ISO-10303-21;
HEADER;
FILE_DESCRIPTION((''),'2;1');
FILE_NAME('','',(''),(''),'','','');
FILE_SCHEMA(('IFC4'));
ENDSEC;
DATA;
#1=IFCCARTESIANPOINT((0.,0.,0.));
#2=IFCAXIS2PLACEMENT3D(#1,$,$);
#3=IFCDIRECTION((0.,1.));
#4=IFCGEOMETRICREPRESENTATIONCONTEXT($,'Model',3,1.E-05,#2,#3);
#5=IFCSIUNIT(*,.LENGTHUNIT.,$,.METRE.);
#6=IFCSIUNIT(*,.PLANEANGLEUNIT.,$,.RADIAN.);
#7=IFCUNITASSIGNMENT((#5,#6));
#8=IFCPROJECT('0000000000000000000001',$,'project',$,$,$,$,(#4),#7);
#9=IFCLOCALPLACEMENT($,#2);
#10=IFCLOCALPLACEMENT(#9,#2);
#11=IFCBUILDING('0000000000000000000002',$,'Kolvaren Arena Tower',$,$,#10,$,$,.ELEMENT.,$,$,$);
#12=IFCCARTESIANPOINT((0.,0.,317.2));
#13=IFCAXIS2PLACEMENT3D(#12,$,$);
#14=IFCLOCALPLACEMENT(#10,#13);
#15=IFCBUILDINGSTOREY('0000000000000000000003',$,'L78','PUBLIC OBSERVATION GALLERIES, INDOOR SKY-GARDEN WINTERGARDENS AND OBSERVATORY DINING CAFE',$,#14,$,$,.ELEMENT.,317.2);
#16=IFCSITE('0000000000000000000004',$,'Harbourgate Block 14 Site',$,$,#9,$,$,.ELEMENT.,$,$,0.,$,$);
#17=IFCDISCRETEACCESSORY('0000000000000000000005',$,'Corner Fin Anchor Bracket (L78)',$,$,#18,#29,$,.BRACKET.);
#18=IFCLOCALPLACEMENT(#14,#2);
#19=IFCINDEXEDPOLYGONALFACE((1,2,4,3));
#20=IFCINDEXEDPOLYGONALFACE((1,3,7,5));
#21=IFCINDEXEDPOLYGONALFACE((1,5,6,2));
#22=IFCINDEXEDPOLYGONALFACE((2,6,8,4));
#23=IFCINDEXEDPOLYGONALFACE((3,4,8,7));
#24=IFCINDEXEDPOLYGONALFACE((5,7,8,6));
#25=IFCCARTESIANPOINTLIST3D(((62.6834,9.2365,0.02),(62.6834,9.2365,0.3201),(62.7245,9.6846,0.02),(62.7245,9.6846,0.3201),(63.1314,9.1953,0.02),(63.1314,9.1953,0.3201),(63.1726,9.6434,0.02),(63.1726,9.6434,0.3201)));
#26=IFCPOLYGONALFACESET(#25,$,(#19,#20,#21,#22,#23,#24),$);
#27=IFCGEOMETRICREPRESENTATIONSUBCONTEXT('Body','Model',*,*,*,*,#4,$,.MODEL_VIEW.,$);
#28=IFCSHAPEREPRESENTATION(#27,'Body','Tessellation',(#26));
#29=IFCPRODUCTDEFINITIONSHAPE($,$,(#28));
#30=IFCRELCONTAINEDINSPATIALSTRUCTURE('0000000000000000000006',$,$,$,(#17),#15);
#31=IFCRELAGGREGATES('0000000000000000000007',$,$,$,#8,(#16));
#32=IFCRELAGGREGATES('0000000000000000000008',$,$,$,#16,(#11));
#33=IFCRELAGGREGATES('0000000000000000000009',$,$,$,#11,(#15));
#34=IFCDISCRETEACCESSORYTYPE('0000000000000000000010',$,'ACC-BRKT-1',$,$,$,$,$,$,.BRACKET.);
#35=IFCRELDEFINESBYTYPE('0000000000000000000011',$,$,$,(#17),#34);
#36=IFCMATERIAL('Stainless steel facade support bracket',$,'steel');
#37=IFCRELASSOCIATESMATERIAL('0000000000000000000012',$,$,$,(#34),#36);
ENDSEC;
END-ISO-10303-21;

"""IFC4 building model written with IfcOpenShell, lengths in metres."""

from ifc_helpers import new_model, si_unit, direction, frame, origin, origin_2d, place, context, subcontext, project, spatial, rectangle, extrude, material, type_object, element, save


model = new_model("IFC4")

# Units and contexts
model_context = context("Model", 3, precision=1e-05, world=origin(), true_north=direction((0.0, 1.0)))
body_context = subcontext(model_context, "Body", "Model", "MODEL_VIEW")
ifc_project = project(units=[si_unit("LENGTHUNIT", "METRE"), si_unit("PLANEANGLEUNIT", "RADIAN")], contexts=[model_context])

# Site, building, storey
site_placement = place(None, origin())
site = spatial("IfcSite", under=ifc_project, at=site_placement, Name="Harbourgate Block 14 Site", CompositionType="ELEMENT", RefElevation=0.0)
building_placement = place(site_placement, origin())
building = spatial("IfcBuilding", under=site, at=building_placement, Name="Kolvaren Arena Tower", CompositionType="ELEMENT")
storey_placement = place(building_placement, frame((0.0, 0.0, 317.2)))
storey = spatial("IfcBuildingStorey", under=building, at=storey_placement, Name="L78", Description="PUBLIC OBSERVATION GALLERIES, INDOOR SKY-GARDEN WINTERGARDENS AND OBSERVATORY DINING CAFE", CompositionType="ELEMENT", Elevation=317.2)

# Discrete accessory
ifc_material_1 = material(Name="Stainless steel facade support bracket", Category="steel")
discrete_accessory_type = type_object("IfcDiscreteAccessoryType", Name="ACC-BRKT-1", PredefinedType="BRACKET", material=ifc_material_1)
for number, where, z_axis, x_axis, name in (
    (1, (62.928, 9.4399, 0.02), (0.0, 0.0, 1.0), (0.995808, -0.091469, 0.0), "Corner Fin Anchor Bracket (L78)"),
):
    element("IfcDiscreteAccessory", number, at=place(storey_placement, frame(where, z_axis=z_axis, x_axis=x_axis)), inside=storey, type_object=discrete_accessory_type, Name=name, PredefinedType="BRACKET", context=body_context, shape_type="SweptSolid", body=[
        extrude(rectangle(XDim=0.45, YDim=0.45, at=origin_2d()), origin(), (0.0, 0.0, 1.0), 0.3),
    ])

save(model, "model.ifc")
